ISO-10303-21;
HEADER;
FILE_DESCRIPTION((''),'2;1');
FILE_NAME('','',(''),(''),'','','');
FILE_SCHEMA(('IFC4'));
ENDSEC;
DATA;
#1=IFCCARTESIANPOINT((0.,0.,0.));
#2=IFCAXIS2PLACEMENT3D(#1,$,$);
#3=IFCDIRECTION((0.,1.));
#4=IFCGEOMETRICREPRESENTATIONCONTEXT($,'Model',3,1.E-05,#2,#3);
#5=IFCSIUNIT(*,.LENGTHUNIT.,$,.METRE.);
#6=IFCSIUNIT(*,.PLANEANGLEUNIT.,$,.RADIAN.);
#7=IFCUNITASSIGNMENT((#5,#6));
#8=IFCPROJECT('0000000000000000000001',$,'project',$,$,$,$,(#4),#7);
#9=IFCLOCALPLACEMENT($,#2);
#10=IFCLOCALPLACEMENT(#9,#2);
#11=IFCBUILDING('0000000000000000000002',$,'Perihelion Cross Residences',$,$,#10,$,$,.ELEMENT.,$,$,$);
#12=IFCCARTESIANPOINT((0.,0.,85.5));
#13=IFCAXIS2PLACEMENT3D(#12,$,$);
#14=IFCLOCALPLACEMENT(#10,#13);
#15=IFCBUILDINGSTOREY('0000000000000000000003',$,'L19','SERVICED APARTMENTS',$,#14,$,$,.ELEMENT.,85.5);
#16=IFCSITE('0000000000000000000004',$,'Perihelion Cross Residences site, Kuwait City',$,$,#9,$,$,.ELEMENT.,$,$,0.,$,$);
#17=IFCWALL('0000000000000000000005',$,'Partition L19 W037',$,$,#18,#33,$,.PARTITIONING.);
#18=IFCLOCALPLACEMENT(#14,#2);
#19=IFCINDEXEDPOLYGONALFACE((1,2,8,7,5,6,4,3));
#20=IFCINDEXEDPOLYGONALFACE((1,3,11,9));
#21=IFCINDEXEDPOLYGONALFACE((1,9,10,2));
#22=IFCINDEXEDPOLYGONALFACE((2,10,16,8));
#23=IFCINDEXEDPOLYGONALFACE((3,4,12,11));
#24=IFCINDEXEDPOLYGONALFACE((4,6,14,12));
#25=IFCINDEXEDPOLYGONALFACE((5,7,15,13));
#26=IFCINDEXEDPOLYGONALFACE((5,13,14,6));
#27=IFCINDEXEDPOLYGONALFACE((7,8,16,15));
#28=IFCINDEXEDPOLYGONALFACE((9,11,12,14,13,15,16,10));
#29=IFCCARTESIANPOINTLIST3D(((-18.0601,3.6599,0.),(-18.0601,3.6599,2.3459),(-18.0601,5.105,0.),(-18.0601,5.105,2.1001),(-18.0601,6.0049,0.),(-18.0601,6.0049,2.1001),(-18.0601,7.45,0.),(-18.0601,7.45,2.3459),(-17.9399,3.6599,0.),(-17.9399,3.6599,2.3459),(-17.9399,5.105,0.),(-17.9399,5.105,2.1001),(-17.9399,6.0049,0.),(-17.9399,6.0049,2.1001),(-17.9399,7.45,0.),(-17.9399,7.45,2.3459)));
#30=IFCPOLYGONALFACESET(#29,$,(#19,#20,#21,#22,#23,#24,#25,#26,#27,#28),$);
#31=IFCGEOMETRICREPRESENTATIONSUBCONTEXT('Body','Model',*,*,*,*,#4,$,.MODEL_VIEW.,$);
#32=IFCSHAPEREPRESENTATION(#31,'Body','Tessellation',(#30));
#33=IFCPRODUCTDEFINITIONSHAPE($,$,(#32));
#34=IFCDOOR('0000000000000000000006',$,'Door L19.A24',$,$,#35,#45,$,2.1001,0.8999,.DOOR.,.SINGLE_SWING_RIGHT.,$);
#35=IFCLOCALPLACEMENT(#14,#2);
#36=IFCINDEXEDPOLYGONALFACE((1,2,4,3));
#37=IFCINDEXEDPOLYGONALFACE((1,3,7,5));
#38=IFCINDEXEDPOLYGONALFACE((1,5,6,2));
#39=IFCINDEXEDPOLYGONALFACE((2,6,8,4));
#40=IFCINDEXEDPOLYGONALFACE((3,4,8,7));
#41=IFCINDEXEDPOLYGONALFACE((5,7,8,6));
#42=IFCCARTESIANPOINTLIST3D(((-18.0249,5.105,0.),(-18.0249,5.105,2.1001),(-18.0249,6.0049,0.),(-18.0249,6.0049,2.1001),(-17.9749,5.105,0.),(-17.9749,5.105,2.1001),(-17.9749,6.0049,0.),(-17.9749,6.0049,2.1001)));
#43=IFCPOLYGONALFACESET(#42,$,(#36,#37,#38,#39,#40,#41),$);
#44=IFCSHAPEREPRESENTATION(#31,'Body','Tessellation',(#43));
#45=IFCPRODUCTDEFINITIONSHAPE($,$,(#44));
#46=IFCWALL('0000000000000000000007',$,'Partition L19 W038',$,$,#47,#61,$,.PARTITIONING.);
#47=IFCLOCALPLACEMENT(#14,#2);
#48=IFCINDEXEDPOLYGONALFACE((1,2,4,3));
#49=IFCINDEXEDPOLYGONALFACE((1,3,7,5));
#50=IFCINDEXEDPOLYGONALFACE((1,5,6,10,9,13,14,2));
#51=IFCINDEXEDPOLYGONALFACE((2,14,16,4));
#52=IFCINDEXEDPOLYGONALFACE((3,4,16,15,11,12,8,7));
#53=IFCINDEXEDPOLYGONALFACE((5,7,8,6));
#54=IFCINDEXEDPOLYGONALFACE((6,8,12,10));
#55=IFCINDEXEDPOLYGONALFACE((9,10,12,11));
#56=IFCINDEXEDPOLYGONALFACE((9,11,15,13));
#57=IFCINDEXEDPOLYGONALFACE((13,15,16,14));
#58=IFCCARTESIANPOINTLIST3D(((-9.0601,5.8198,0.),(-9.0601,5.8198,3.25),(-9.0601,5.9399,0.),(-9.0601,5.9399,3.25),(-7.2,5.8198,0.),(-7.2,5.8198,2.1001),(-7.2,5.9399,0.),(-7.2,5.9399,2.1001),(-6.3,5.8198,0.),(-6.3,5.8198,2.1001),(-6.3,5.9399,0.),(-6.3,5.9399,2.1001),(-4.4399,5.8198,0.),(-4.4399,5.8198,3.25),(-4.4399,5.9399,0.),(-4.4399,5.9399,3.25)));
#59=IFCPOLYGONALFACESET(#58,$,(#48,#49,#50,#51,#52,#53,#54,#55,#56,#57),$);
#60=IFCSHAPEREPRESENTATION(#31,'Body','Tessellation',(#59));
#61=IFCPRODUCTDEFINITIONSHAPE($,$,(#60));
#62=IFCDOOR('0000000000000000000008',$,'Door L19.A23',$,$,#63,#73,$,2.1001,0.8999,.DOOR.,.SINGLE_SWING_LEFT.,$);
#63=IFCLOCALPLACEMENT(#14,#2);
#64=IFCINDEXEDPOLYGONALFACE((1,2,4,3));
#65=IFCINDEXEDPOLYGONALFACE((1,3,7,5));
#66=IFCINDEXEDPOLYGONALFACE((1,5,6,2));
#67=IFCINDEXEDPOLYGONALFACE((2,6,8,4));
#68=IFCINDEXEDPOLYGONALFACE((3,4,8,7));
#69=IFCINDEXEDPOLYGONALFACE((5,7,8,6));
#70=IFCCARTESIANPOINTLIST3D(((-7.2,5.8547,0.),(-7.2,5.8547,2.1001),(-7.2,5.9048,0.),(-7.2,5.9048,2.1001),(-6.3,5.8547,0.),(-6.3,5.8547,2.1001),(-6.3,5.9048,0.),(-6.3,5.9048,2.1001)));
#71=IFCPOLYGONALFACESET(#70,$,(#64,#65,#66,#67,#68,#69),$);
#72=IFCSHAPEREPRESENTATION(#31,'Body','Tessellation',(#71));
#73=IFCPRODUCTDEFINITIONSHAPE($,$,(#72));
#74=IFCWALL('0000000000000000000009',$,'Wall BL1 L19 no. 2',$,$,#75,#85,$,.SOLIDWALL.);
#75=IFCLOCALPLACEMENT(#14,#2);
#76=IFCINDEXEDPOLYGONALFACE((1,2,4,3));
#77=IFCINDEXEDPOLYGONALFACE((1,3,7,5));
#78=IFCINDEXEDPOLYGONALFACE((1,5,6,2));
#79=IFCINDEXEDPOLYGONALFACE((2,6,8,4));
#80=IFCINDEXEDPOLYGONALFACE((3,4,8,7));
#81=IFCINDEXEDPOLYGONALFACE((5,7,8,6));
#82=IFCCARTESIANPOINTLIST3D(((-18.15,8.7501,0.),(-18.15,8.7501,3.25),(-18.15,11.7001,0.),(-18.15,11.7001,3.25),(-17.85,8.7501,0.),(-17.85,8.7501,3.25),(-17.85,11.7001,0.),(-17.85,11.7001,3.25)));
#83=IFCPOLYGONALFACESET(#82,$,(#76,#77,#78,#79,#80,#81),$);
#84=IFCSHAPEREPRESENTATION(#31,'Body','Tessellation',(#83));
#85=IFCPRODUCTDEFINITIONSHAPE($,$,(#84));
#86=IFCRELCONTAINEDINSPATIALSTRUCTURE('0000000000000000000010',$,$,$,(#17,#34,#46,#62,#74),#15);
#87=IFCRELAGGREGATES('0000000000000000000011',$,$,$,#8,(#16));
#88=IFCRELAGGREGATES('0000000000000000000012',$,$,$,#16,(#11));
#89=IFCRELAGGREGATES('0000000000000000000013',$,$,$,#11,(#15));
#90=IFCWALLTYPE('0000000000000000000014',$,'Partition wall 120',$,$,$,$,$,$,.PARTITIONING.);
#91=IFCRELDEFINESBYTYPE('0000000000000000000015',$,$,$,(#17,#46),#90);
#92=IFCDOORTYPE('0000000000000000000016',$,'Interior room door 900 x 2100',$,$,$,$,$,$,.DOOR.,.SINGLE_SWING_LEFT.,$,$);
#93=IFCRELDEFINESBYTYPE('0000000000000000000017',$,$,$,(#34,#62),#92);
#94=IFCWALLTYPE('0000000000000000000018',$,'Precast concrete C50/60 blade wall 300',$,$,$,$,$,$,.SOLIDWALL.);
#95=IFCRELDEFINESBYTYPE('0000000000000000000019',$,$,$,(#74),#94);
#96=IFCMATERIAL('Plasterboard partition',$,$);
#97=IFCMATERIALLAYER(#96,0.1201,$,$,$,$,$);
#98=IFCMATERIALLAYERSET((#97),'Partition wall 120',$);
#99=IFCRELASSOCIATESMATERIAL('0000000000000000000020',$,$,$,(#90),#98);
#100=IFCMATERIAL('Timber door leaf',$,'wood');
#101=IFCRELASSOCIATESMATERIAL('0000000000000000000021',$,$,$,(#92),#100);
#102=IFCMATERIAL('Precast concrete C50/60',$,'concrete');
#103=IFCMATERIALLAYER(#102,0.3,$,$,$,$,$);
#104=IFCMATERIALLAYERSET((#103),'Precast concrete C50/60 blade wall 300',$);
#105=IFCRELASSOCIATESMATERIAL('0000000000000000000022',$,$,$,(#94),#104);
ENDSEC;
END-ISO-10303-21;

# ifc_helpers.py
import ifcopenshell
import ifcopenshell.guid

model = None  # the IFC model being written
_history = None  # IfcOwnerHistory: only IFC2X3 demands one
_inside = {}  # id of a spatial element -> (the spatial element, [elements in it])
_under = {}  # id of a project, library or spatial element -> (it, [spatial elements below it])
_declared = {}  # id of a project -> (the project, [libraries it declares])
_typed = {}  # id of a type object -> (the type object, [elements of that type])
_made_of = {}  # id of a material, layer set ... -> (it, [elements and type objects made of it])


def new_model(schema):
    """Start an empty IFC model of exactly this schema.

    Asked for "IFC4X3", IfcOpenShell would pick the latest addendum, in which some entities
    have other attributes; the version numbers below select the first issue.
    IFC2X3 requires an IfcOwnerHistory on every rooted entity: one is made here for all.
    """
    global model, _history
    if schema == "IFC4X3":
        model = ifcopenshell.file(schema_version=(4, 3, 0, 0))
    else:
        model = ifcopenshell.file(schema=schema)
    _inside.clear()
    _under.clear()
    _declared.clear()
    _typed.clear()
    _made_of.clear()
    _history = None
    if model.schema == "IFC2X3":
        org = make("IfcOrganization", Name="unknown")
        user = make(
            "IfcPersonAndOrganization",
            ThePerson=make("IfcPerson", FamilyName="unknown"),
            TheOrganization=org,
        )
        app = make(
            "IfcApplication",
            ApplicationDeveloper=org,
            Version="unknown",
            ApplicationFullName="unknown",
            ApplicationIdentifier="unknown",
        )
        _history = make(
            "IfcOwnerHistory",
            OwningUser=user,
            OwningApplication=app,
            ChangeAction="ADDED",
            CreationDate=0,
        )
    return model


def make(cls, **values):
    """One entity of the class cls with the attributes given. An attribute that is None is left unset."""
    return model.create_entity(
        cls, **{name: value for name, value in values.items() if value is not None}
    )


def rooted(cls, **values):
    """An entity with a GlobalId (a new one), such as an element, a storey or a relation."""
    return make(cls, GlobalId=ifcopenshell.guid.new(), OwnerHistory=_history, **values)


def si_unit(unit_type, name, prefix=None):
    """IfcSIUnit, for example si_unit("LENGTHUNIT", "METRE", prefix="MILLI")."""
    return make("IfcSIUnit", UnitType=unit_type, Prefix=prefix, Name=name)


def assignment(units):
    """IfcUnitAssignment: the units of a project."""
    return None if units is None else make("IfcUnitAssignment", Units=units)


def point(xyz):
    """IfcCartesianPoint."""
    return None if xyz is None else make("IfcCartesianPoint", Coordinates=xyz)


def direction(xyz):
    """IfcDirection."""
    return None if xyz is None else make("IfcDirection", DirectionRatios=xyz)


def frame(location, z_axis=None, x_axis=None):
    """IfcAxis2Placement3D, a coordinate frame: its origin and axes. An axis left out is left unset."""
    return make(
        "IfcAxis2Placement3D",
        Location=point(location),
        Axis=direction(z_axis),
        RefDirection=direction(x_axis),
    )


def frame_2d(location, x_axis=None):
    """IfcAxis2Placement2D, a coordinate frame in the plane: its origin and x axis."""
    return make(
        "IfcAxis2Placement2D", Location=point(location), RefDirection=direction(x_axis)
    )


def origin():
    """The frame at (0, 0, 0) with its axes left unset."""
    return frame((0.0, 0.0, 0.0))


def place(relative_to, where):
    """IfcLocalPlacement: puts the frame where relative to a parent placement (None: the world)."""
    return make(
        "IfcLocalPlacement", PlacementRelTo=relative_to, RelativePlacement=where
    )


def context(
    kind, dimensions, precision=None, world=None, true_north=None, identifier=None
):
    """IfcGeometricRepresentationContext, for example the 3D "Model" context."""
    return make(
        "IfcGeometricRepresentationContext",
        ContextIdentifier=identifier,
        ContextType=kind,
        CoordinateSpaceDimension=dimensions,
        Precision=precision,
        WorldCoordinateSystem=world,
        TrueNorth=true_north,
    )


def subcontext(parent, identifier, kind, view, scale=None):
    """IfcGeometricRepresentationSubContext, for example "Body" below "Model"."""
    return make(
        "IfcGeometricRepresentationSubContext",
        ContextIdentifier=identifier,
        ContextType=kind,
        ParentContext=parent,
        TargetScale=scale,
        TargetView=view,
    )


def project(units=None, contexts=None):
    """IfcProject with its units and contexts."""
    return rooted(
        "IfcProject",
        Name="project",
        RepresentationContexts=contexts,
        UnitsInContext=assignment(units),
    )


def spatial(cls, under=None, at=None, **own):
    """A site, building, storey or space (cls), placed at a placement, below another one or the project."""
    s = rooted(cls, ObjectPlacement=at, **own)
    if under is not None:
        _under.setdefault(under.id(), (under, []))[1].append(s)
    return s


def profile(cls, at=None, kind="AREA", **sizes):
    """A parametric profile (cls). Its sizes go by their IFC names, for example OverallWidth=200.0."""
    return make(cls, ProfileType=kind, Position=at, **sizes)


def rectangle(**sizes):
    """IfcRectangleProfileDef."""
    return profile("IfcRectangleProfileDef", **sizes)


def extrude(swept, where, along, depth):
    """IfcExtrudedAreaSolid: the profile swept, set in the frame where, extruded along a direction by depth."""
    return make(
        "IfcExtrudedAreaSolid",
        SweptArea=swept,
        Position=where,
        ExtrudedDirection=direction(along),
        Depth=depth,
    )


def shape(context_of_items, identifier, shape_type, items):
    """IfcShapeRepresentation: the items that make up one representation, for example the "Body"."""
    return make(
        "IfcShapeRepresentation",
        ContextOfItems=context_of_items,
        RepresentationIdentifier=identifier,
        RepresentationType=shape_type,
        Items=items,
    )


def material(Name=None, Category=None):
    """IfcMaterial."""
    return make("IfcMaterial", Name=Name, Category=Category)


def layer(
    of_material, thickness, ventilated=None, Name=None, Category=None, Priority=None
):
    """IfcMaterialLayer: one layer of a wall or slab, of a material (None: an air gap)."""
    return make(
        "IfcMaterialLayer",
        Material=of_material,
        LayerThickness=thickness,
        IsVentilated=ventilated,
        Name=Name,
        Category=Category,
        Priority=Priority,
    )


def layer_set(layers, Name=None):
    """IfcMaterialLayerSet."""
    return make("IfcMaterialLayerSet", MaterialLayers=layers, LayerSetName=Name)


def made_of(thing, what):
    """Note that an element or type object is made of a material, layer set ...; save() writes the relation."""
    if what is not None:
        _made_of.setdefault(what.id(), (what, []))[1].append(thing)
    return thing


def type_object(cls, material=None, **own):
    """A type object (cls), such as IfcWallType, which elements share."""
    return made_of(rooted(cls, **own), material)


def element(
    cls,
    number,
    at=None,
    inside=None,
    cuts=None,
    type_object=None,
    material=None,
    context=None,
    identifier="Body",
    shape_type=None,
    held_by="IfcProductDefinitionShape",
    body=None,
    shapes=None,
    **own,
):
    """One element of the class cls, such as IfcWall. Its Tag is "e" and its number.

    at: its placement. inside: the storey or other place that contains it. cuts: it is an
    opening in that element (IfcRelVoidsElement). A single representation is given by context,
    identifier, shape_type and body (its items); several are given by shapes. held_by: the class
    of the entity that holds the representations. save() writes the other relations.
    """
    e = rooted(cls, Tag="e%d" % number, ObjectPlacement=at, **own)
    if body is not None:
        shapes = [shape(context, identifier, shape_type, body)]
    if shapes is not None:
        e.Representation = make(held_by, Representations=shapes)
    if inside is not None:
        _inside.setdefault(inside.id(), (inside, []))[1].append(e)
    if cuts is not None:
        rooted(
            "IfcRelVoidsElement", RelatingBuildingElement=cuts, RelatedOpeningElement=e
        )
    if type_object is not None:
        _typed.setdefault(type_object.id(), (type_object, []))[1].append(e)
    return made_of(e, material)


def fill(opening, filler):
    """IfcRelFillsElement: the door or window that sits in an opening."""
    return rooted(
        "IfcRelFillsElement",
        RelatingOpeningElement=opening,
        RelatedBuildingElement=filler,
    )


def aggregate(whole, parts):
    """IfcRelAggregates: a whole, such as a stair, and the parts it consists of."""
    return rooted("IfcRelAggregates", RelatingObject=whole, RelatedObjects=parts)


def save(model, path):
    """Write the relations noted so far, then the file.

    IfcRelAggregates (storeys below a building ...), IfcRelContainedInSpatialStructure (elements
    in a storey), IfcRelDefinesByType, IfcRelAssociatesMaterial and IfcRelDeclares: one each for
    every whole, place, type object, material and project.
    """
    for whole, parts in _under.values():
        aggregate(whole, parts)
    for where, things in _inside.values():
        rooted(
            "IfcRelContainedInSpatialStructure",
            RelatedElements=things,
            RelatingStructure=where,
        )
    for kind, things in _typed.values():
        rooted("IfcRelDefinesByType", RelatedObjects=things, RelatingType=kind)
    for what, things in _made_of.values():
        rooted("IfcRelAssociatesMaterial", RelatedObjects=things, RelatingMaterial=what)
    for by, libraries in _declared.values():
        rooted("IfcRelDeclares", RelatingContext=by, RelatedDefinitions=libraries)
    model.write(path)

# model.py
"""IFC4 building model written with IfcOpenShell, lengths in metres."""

from ifc_helpers import new_model, si_unit, direction, frame, frame_2d, origin, place, context, subcontext, project, spatial, rectangle, extrude, material, layer, layer_set, type_object, element, fill, save


model = new_model("IFC4")

# Units and contexts
model_context = context("Model", 3, precision=1e-05, world=origin(), true_north=direction((0.0, 1.0)))
body_context = subcontext(model_context, "Body", "Model", "MODEL_VIEW")
ifc_project = project(units=[si_unit("LENGTHUNIT", "METRE"), si_unit("PLANEANGLEUNIT", "RADIAN")], contexts=[model_context])

# Site, building, storey
site_placement = place(None, origin())
site = spatial("IfcSite", under=ifc_project, at=site_placement, Name="Perihelion Cross Residences site, Kuwait City", CompositionType="ELEMENT", RefElevation=0.0)
building_placement = place(site_placement, origin())
building = spatial("IfcBuilding", under=site, at=building_placement, Name="Perihelion Cross Residences", CompositionType="ELEMENT")
storey_placement = place(building_placement, frame((0.0, 0.0, 85.5)))
storey = spatial("IfcBuildingStorey", under=building, at=storey_placement, Name="L19", Description="SERVICED APARTMENTS", CompositionType="ELEMENT", Elevation=85.5)

# Shared definitions
ifc_material_1 = material(Name="Plasterboard partition")
ifc_layer_1 = layer(ifc_material_1, 0.1201)
ifc_layer_set_1 = layer_set([ifc_layer_1], Name="Partition wall 120")
wall_type_1 = type_object("IfcWallType", Name="Partition wall 120", PredefinedType="PARTITIONING", material=ifc_layer_set_1)
ifc_material_2 = material(Name="Timber door leaf", Category="wood")
door_type_1 = type_object("IfcDoorType", Name="Interior room door 900 x 2100", OperationType="SINGLE_SWING_LEFT", PredefinedType="DOOR", material=ifc_material_2)

# Walls, openings, doors
wall_1_placement = place(storey_placement, frame((-18.0, 3.6599, 0.0), z_axis=(0.0, 0.0, 1.0), x_axis=(0.0, 1.0, 0.0)))
wall_1 = element("IfcWall", 1, at=wall_1_placement, inside=storey, type_object=wall_type_1, Name="Partition L19 W037", PredefinedType="PARTITIONING", context=body_context, shape_type="SweptSolid", body=[
    extrude(rectangle(XDim=3.79, YDim=0.1201, at=frame_2d((1.895, 0.0))), origin(), (0.0, 0.0, 1.0), 2.3459),
])
opening_1_placement = place(wall_1_placement, frame((1.4451, 0.0, 0.0)))
opening_1 = element("IfcOpeningElement", 2, at=opening_1_placement, cuts=wall_1, PredefinedType="OPENING", context=body_context, shape_type="SweptSolid", body=[
    extrude(rectangle(XDim=0.8999, YDim=2.1001, at=frame_2d((0.45, 1.05))), frame((0.0, 0.0701, 0.0), z_axis=(0.0, -1.0, 0.0), x_axis=(1.0, 0.0, 0.0)), (0.0, 0.0, 1.0), 0.1401),
])
door_1_placement = place(opening_1_placement, origin())
door_1 = element("IfcDoor", 3, at=door_1_placement, inside=storey, type_object=door_type_1, Name="Door L19.A24", OperationType="SINGLE_SWING_RIGHT", OverallHeight=2.1001, OverallWidth=0.8999, PredefinedType="DOOR", context=body_context, shape_type="SweptSolid", body=[
    extrude(rectangle(XDim=0.8999, YDim=2.1001, at=frame_2d((0.45, 1.05))), frame((0.0, 0.0249, 0.0), z_axis=(0.0, -1.0, 0.0), x_axis=(1.0, 0.0, 0.0)), (0.0, 0.0, 1.0), 0.05),
])
fill(opening_1, door_1)
wall_2_placement = place(storey_placement, frame((-9.0601, 5.8799, 0.0), z_axis=(0.0, 0.0, 1.0), x_axis=(1.0, 0.0, 0.0)))
wall_2 = element("IfcWall", 4, at=wall_2_placement, inside=storey, type_object=wall_type_1, Name="Partition L19 W038", PredefinedType="PARTITIONING", context=body_context, shape_type="SweptSolid", body=[
    extrude(rectangle(XDim=4.6201, YDim=0.1201, at=frame_2d((2.3101, 0.0))), origin(), (0.0, 0.0, 1.0), 3.25),
])
opening_2_placement = place(wall_2_placement, frame((1.8601, 0.0, 0.0)))
opening_2 = element("IfcOpeningElement", 5, at=opening_2_placement, cuts=wall_2, PredefinedType="OPENING", context=body_context, shape_type="SweptSolid", body=[
    extrude(rectangle(XDim=0.8999, YDim=2.1001, at=frame_2d((0.45, 1.05))), frame((0.0, 0.0701, 0.0), z_axis=(0.0, -1.0, 0.0), x_axis=(1.0, 0.0, 0.0)), (0.0, 0.0, 1.0), 0.1401),
])
door_2_placement = place(opening_2_placement, origin())
door_2 = element("IfcDoor", 6, at=door_2_placement, inside=storey, type_object=door_type_1, Name="Door L19.A23", OperationType="SINGLE_SWING_LEFT", OverallHeight=2.1001, OverallWidth=0.8999, PredefinedType="DOOR", context=body_context, shape_type="SweptSolid", body=[
    extrude(rectangle(XDim=0.8999, YDim=2.1001, at=frame_2d((0.45, 1.05))), frame((0.0, 0.0249, 0.0), z_axis=(0.0, -1.0, 0.0), x_axis=(1.0, 0.0, 0.0)), (0.0, 0.0, 1.0), 0.05),
])
fill(opening_2, door_2)

# Wall
ifc_material_3 = material(Name="Precast concrete C50/60", Category="concrete")
ifc_layer_2 = layer(ifc_material_3, 0.3)
ifc_layer_set_2 = layer_set([ifc_layer_2], Name="Precast concrete C50/60 blade wall 300")
wall_type_2 = type_object("IfcWallType", Name="Precast concrete C50/60 blade wall 300", PredefinedType="SOLIDWALL", material=ifc_layer_set_2)
wall_3_placement = place(storey_placement, frame((-18.0, 8.75, 0.0), z_axis=(0.0, 0.0, 1.0), x_axis=(0.0, 1.0, 0.0)))
element("IfcWall", 7, at=wall_3_placement, inside=storey, type_object=wall_type_2, Name="Wall BL1 L19 no. 2", PredefinedType="SOLIDWALL", context=body_context, shape_type="SweptSolid", body=[
    extrude(rectangle(XDim=2.95, YDim=0.3, at=frame_2d((1.4751, 0.0))), origin(), (0.0, 0.0, 1.0), 3.25),
])

save(model, "model.ifc")
